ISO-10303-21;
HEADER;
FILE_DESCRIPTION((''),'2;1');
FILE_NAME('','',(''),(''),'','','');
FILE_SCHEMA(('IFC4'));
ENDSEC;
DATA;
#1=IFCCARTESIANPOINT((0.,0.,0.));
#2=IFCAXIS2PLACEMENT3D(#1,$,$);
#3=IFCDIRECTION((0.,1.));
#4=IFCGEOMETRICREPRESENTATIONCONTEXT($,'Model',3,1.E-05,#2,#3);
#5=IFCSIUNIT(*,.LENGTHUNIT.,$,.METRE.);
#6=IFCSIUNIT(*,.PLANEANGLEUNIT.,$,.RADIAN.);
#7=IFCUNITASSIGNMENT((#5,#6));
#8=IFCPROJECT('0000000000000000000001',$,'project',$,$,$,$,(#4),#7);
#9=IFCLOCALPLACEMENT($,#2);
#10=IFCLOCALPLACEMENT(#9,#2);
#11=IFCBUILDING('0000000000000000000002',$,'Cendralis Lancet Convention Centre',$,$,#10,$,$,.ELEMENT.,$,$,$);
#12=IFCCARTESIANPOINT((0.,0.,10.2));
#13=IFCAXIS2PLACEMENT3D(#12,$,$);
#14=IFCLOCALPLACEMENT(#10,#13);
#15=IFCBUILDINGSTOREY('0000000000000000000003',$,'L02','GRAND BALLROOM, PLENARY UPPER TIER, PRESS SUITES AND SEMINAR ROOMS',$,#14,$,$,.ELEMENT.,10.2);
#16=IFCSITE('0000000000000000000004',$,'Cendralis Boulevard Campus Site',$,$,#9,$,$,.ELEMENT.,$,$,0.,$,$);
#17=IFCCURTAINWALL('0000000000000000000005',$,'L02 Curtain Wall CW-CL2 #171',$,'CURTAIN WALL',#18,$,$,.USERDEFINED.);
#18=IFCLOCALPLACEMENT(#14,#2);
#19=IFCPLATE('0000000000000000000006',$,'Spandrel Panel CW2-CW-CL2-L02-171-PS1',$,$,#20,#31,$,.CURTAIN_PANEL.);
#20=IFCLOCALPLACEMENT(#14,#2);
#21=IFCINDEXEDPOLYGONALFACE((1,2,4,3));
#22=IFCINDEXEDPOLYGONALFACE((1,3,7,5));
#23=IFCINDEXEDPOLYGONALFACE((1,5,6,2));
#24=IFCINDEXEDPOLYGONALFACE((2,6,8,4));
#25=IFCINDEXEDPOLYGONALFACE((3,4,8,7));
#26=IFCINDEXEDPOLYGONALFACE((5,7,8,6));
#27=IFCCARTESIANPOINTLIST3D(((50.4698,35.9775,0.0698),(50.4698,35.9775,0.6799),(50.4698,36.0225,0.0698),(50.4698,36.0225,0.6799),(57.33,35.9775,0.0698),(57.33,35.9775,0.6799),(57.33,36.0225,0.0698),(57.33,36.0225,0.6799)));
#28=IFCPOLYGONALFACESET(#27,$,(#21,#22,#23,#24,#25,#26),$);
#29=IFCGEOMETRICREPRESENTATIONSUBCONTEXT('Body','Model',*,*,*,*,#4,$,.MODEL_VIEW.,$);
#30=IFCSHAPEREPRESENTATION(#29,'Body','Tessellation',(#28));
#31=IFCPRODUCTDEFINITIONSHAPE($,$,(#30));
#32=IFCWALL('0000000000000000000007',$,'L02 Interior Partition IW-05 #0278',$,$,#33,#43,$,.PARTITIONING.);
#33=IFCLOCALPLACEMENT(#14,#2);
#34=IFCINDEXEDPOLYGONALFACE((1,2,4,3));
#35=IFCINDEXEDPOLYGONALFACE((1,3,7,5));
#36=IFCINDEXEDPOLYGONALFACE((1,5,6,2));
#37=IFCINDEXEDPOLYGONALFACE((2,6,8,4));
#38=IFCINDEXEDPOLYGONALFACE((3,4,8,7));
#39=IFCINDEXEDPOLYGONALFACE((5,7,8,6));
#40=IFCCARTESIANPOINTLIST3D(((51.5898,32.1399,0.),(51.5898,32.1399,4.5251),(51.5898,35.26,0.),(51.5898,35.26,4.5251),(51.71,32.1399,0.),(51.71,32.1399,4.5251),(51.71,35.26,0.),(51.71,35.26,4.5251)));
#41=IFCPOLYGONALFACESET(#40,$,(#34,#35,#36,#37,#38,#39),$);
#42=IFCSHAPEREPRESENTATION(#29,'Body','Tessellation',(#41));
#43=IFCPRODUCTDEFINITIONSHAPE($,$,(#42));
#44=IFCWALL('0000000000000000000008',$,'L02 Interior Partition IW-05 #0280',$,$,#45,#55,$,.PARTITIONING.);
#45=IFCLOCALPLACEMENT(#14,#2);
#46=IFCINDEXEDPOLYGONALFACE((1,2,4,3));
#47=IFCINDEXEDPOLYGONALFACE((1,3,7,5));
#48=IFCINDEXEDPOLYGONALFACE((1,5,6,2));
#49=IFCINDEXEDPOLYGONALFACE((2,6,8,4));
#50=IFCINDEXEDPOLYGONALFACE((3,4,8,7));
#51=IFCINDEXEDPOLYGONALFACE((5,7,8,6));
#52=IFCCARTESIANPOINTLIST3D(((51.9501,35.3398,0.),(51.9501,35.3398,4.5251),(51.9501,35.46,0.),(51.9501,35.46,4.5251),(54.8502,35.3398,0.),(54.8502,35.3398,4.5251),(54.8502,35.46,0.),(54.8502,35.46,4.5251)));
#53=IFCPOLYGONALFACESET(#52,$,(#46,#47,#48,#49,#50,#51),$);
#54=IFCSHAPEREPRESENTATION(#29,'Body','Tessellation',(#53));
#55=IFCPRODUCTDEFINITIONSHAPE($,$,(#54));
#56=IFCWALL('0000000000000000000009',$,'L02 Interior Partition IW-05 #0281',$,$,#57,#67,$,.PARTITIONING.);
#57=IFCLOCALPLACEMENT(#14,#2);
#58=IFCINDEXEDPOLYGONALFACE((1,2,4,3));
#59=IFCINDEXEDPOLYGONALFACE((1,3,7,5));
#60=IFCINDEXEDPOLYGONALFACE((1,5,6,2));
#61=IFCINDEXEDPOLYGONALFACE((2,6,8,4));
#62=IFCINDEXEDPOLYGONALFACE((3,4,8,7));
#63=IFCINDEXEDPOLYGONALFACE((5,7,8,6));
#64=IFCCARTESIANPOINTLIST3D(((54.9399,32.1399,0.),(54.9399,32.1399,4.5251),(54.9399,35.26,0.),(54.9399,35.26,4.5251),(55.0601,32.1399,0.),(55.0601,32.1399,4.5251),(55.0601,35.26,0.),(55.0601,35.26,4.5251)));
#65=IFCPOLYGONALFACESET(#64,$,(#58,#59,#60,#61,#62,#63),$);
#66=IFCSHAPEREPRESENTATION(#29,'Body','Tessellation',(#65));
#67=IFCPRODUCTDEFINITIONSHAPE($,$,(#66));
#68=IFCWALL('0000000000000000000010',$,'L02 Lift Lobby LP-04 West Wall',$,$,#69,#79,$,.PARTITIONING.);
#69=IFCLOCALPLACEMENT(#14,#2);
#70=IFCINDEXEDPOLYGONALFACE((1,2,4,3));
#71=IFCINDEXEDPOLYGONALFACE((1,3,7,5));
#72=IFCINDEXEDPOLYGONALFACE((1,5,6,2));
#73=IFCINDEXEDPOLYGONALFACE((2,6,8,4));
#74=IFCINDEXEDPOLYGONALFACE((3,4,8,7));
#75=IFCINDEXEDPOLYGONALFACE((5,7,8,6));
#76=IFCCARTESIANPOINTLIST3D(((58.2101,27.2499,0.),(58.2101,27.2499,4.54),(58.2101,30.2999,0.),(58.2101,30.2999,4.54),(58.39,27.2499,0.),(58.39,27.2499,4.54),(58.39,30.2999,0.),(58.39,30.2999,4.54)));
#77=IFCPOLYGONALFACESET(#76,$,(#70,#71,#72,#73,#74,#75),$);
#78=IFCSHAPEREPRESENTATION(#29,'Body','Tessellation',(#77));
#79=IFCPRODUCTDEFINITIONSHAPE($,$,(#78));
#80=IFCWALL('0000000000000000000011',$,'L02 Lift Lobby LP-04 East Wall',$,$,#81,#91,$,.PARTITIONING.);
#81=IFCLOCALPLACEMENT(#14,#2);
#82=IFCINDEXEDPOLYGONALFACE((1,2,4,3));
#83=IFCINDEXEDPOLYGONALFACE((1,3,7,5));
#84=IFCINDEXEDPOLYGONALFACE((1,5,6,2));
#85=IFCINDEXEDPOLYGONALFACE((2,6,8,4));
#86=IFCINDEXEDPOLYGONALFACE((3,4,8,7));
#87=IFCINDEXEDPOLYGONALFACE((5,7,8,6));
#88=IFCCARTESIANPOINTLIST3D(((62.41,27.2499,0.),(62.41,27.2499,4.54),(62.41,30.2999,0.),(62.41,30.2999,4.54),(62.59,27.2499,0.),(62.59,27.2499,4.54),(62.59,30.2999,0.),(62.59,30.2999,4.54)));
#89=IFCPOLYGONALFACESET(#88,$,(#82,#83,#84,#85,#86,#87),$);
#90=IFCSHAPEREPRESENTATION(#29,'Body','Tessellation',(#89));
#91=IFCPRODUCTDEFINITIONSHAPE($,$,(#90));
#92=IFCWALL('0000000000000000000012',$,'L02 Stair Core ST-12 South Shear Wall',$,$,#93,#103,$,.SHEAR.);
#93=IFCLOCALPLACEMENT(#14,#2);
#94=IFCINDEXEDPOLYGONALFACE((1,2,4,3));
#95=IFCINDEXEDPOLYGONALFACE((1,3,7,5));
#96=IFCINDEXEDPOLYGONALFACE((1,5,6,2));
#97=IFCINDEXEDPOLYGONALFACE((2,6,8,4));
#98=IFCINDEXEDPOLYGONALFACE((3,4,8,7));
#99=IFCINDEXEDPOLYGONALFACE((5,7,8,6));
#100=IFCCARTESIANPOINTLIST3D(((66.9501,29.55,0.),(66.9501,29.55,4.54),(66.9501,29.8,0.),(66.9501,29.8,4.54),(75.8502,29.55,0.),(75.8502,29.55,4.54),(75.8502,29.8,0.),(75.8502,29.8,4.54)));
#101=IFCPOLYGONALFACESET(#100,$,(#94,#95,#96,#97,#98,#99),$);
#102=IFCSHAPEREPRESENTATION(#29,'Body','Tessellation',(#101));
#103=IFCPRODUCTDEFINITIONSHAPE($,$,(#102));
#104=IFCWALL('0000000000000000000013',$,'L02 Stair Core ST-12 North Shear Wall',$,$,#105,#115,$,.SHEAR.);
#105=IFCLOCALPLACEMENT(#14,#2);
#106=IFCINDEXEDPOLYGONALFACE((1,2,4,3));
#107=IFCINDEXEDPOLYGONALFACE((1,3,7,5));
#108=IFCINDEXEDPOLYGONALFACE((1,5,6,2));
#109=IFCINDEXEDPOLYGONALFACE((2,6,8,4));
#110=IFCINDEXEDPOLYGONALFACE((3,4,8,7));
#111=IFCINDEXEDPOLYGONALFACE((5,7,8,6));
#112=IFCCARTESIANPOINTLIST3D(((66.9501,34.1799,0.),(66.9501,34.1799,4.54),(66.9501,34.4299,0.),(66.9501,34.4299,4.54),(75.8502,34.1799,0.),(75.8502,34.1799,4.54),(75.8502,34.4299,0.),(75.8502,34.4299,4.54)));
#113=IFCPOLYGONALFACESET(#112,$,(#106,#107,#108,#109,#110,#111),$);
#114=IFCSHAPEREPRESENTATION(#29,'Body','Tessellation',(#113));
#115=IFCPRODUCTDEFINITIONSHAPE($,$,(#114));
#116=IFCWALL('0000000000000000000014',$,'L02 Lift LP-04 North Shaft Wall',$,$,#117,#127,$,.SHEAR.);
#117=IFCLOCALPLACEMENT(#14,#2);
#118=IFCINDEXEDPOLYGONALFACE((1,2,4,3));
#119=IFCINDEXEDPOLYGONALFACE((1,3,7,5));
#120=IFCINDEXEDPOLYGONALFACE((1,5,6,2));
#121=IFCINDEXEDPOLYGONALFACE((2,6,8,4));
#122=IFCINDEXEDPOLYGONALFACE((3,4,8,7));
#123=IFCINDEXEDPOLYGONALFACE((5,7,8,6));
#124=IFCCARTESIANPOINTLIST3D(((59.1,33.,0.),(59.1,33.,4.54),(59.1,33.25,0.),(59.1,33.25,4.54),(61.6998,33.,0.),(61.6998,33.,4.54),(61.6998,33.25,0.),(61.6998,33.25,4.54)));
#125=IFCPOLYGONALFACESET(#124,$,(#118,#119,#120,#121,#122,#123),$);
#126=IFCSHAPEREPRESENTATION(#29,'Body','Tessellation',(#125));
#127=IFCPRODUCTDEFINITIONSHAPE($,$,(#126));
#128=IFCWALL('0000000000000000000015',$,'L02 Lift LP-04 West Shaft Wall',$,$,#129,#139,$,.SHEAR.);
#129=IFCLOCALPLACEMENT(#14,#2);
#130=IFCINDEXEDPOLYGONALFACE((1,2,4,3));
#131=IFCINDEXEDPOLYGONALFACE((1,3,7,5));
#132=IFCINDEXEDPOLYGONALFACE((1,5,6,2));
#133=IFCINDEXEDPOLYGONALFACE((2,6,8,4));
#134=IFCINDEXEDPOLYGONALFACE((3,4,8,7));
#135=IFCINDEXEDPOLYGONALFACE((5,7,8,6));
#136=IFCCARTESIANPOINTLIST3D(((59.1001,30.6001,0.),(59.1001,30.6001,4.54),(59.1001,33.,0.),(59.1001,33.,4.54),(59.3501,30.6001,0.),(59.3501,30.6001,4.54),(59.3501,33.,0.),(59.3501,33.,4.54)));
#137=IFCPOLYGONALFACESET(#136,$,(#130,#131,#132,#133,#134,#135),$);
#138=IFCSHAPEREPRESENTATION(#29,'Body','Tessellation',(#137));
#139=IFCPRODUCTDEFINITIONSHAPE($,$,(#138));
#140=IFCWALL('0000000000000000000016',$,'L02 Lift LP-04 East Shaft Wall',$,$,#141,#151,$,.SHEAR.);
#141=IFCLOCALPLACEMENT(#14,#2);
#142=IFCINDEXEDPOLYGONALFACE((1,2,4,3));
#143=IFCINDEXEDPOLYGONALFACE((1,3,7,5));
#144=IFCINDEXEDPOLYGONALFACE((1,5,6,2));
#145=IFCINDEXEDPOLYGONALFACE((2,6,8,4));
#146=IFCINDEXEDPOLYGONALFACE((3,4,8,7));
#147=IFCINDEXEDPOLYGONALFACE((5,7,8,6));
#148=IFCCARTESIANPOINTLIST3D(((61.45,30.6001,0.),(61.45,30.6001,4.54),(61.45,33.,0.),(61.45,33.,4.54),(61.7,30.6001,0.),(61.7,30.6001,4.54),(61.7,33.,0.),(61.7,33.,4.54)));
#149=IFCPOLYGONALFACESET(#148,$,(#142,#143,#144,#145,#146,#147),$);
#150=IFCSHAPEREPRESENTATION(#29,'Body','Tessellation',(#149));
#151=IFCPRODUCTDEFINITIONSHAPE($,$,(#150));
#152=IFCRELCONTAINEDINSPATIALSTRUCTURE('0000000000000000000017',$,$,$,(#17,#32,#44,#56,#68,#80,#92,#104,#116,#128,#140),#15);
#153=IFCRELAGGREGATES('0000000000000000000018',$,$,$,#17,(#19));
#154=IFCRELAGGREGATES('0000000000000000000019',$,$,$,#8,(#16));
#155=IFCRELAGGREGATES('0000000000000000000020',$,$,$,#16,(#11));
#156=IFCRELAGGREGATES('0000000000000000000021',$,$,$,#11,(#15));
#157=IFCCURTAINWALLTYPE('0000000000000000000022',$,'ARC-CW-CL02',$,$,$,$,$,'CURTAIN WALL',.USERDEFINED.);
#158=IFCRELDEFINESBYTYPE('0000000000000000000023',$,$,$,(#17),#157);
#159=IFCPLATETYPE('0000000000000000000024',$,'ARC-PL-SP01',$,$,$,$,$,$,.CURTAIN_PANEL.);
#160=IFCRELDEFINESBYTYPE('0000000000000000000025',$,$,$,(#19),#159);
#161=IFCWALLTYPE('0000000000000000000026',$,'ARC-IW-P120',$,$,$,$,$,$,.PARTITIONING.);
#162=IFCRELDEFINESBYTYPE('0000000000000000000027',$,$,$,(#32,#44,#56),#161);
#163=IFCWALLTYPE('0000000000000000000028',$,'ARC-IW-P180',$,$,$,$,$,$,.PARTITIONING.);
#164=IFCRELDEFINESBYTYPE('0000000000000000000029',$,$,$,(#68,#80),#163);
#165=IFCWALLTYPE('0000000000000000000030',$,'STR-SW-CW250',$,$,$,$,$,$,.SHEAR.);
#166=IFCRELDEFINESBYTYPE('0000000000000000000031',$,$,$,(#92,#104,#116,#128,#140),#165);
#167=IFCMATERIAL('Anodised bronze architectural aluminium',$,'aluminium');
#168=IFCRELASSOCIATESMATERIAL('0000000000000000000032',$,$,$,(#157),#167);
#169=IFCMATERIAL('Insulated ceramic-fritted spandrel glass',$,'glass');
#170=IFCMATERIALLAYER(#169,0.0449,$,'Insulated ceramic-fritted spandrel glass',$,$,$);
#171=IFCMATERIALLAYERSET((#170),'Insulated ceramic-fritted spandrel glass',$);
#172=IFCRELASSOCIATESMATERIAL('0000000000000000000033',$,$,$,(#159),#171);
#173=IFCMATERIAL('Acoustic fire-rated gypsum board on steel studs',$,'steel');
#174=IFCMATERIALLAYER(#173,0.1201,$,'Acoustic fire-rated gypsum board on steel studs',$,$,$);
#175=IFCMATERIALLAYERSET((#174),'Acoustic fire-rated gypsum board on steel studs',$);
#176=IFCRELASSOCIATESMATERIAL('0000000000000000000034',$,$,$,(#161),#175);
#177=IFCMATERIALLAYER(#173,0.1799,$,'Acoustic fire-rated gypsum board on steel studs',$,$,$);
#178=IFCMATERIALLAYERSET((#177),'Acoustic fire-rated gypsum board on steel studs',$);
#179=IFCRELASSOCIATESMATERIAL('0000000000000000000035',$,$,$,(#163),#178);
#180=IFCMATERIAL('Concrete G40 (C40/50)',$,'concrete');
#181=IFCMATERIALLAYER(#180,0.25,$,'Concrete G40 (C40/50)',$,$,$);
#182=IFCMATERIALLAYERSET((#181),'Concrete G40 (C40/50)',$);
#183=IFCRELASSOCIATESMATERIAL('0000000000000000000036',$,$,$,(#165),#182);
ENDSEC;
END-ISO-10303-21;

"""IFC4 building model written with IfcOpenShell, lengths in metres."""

from ifc_helpers import new_model, si_unit, direction, frame, frame_2d, origin, origin_2d, place, context, subcontext, project, spatial, rectangle, extrude, material, layer, layer_set, type_object, element, aggregate, save


model = new_model("IFC4")

# Units and contexts
model_context = context("Model", 3, precision=1e-05, world=origin(), true_north=direction((0.0, 1.0)))
body_context = subcontext(model_context, "Body", "Model", "MODEL_VIEW")
ifc_project = project(units=[si_unit("LENGTHUNIT", "METRE"), si_unit("PLANEANGLEUNIT", "RADIAN")], contexts=[model_context])

# Site, building, storey
site_placement = place(None, origin())
site = spatial("IfcSite", under=ifc_project, at=site_placement, Name="Cendralis Boulevard Campus Site", CompositionType="ELEMENT", RefElevation=0.0)
building_placement = place(site_placement, origin())
building = spatial("IfcBuilding", under=site, at=building_placement, Name="Cendralis Lancet Convention Centre", CompositionType="ELEMENT")
storey_placement = place(building_placement, frame((0.0, 0.0, 10.2)))
storey = spatial("IfcBuildingStorey", under=building, at=storey_placement, Name="L02", Description="GRAND BALLROOM, PLENARY UPPER TIER, PRESS SUITES AND SEMINAR ROOMS", CompositionType="ELEMENT", Elevation=10.2)

# Shared definitions
ifc_material_1 = material(Name="Concrete G40 (C40/50)", Category="concrete")

# Curtain wall, plate
ifc_material_2 = material(Name="Anodised bronze architectural aluminium", Category="aluminium")
curtain_wall_type = type_object("IfcCurtainWallType", Name="ARC-CW-CL02", ElementType="CURTAIN WALL", PredefinedType="USERDEFINED", material=ifc_material_2)
curtain_wall_placement = place(storey_placement, origin())
curtain_wall = element("IfcCurtainWall", 1, at=curtain_wall_placement, inside=storey, type_object=curtain_wall_type, Name="L02 Curtain Wall CW-CL2 #171", ObjectType="CURTAIN WALL", PredefinedType="USERDEFINED")
ifc_material_3 = material(Name="Insulated ceramic-fritted spandrel glass", Category="glass")
ifc_layer_1 = layer(ifc_material_3, 0.0449, Name="Insulated ceramic-fritted spandrel glass")
ifc_layer_set_1 = layer_set([ifc_layer_1], Name="Insulated ceramic-fritted spandrel glass")
plate_type = type_object("IfcPlateType", Name="ARC-PL-SP01", PredefinedType="CURTAIN_PANEL", material=ifc_layer_set_1)
plate_placement = place(storey_placement, frame((53.8999, 36.0, 0.0698), z_axis=(0.0, 0.0, 1.0), x_axis=(1.0, 0.0, 0.0)))
plate = element("IfcPlate", 2, at=plate_placement, type_object=plate_type, Name="Spandrel Panel CW2-CW-CL2-L02-171-PS1", PredefinedType="CURTAIN_PANEL", context=body_context, shape_type="SweptSolid", body=[
    extrude(rectangle(XDim=6.8601, YDim=0.0449, at=origin_2d()), origin(), (0.0, 0.0, 1.0), 0.6101),
])
aggregate(curtain_wall, [plate])

# Wall
ifc_material_4 = material(Name="Acoustic fire-rated gypsum board on steel studs", Category="steel")
ifc_layer_2 = layer(ifc_material_4, 0.1201, Name="Acoustic fire-rated gypsum board on steel studs")
ifc_layer_set_2 = layer_set([ifc_layer_2], Name="Acoustic fire-rated gypsum board on steel studs")
wall_type_1 = type_object("IfcWallType", Name="ARC-IW-P120", PredefinedType="PARTITIONING", material=ifc_layer_set_2)
wall_1_placement = place(storey_placement, frame((51.6499, 32.1399, 0.0), z_axis=(0.0, 0.0, 1.0), x_axis=(0.0, 1.0, 0.0)))
element("IfcWall", 3, at=wall_1_placement, inside=storey, type_object=wall_type_1, Name="L02 Interior Partition IW-05 #0278", PredefinedType="PARTITIONING", context=body_context, shape_type="SweptSolid", body=[
    extrude(rectangle(XDim=3.1201, YDim=0.1201, at=frame_2d((1.5601, 0.0))), origin(), (0.0, 0.0, 1.0), 4.5251),
])

# Walls
wall_2_placement = place(storey_placement, frame((51.95, 35.3999, 0.0), z_axis=(0.0, 0.0, 1.0), x_axis=(1.0, 0.0, 0.0)))
element("IfcWall", 4, at=wall_2_placement, inside=storey, type_object=wall_type_1, Name="L02 Interior Partition IW-05 #0280", PredefinedType="PARTITIONING", context=body_context, shape_type="SweptSolid", body=[
    extrude(rectangle(XDim=2.9001, YDim=0.1201, at=frame_2d((1.4502, 0.0))), origin(), (0.0, 0.0, 1.0), 4.5251),
])
wall_3_placement = place(storey_placement, frame((55.0, 32.1399, 0.0), z_axis=(0.0, 0.0, 1.0), x_axis=(0.0, 1.0, 0.0)))
element("IfcWall", 5, at=wall_3_placement, inside=storey, type_object=wall_type_1, Name="L02 Interior Partition IW-05 #0281", PredefinedType="PARTITIONING", context=body_context, shape_type="SweptSolid", body=[
    extrude(rectangle(XDim=3.1201, YDim=0.1201, at=frame_2d((1.5601, 0.0))), origin(), (0.0, 0.0, 1.0), 4.5251),
])

# Shared definitions
ifc_layer_3 = layer(ifc_material_4, 0.1799, Name="Acoustic fire-rated gypsum board on steel studs")
ifc_layer_set_3 = layer_set([ifc_layer_3], Name="Acoustic fire-rated gypsum board on steel studs")
wall_type_2 = type_object("IfcWallType", Name="ARC-IW-P180", PredefinedType="PARTITIONING", material=ifc_layer_set_3)

# Walls
for number, where, z_axis, x_axis, name in (
    (6, (58.3, 27.25, 0.0), (0.0, 0.0, 1.0), (0.0, 1.0, 0.0), "L02 Lift Lobby LP-04 West Wall"),
    (7, (62.5, 27.25, 0.0), (0.0, 0.0, 1.0), (0.0, 1.0, 0.0), "L02 Lift Lobby LP-04 East Wall"),
):
    element("IfcWall", number, at=place(storey_placement, frame(where, z_axis=z_axis, x_axis=x_axis)), inside=storey, type_object=wall_type_2, Name=name, PredefinedType="PARTITIONING", context=body_context, shape_type="SweptSolid", body=[
        extrude(rectangle(XDim=3.05, YDim=0.1799, at=frame_2d((1.5249, 0.0))), origin(), (0.0, 0.0, 1.0), 4.54),
    ])

# Shared definitions
ifc_layer_4 = layer(ifc_material_1, 0.25, Name="Concrete G40 (C40/50)")
ifc_layer_set_4 = layer_set([ifc_layer_4], Name="Concrete G40 (C40/50)")
wall_type_3 = type_object("IfcWallType", Name="STR-SW-CW250", PredefinedType="SHEAR", material=ifc_layer_set_4)

# Walls
for number, where, z_axis, x_axis, name in (
    (8, (66.95, 29.675, 0.0), (0.0, 0.0, 1.0), (1.0, 0.0, 0.0), "L02 Stair Core ST-12 South Shear Wall"),
    (9, (66.95, 34.3049, 0.0), (0.0, 0.0, 1.0), (1.0, 0.0, 0.0), "L02 Stair Core ST-12 North Shear Wall"),
):
    element("IfcWall", number, at=place(storey_placement, frame(where, z_axis=z_axis, x_axis=x_axis)), inside=storey, type_object=wall_type_3, Name=name, PredefinedType="SHEAR", context=body_context, shape_type="SweptSolid", body=[
        extrude(rectangle(XDim=8.9001, YDim=0.25, at=frame_2d((4.4502, 0.0))), origin(), (0.0, 0.0, 1.0), 4.54),
    ])

# Walls
wall_4_placement = place(storey_placement, frame((59.1001, 33.125, 0.0), z_axis=(0.0, 0.0, 1.0), x_axis=(1.0, 0.0, 0.0)))
element("IfcWall", 10, at=wall_4_placement, inside=storey, type_object=wall_type_3, Name="L02 Lift LP-04 North Shaft Wall", PredefinedType="SHEAR", context=body_context, shape_type="SweptSolid", body=[
    extrude(rectangle(XDim=2.5999, YDim=0.25, at=frame_2d((1.2998, 0.0))), origin(), (0.0, 0.0, 1.0), 4.54),
])
for number, where, z_axis, x_axis, name in (
    (11, (59.2251, 30.6001, 0.0), (0.0, 0.0, 1.0), (0.0, 1.0, 0.0), "L02 Lift LP-04 West Shaft Wall"),
    (12, (61.575, 30.6001, 0.0), (0.0, 0.0, 1.0), (0.0, 1.0, 0.0), "L02 Lift LP-04 East Shaft Wall"),
):
    element("IfcWall", number, at=place(storey_placement, frame(where, z_axis=z_axis, x_axis=x_axis)), inside=storey, type_object=wall_type_3, Name=name, PredefinedType="SHEAR", context=body_context, shape_type="SweptSolid", body=[
        extrude(rectangle(XDim=2.3999, YDim=0.25, at=frame_2d((1.2, 0.0))), origin(), (0.0, 0.0, 1.0), 4.54),
    ])

save(model, "model.ifc")
